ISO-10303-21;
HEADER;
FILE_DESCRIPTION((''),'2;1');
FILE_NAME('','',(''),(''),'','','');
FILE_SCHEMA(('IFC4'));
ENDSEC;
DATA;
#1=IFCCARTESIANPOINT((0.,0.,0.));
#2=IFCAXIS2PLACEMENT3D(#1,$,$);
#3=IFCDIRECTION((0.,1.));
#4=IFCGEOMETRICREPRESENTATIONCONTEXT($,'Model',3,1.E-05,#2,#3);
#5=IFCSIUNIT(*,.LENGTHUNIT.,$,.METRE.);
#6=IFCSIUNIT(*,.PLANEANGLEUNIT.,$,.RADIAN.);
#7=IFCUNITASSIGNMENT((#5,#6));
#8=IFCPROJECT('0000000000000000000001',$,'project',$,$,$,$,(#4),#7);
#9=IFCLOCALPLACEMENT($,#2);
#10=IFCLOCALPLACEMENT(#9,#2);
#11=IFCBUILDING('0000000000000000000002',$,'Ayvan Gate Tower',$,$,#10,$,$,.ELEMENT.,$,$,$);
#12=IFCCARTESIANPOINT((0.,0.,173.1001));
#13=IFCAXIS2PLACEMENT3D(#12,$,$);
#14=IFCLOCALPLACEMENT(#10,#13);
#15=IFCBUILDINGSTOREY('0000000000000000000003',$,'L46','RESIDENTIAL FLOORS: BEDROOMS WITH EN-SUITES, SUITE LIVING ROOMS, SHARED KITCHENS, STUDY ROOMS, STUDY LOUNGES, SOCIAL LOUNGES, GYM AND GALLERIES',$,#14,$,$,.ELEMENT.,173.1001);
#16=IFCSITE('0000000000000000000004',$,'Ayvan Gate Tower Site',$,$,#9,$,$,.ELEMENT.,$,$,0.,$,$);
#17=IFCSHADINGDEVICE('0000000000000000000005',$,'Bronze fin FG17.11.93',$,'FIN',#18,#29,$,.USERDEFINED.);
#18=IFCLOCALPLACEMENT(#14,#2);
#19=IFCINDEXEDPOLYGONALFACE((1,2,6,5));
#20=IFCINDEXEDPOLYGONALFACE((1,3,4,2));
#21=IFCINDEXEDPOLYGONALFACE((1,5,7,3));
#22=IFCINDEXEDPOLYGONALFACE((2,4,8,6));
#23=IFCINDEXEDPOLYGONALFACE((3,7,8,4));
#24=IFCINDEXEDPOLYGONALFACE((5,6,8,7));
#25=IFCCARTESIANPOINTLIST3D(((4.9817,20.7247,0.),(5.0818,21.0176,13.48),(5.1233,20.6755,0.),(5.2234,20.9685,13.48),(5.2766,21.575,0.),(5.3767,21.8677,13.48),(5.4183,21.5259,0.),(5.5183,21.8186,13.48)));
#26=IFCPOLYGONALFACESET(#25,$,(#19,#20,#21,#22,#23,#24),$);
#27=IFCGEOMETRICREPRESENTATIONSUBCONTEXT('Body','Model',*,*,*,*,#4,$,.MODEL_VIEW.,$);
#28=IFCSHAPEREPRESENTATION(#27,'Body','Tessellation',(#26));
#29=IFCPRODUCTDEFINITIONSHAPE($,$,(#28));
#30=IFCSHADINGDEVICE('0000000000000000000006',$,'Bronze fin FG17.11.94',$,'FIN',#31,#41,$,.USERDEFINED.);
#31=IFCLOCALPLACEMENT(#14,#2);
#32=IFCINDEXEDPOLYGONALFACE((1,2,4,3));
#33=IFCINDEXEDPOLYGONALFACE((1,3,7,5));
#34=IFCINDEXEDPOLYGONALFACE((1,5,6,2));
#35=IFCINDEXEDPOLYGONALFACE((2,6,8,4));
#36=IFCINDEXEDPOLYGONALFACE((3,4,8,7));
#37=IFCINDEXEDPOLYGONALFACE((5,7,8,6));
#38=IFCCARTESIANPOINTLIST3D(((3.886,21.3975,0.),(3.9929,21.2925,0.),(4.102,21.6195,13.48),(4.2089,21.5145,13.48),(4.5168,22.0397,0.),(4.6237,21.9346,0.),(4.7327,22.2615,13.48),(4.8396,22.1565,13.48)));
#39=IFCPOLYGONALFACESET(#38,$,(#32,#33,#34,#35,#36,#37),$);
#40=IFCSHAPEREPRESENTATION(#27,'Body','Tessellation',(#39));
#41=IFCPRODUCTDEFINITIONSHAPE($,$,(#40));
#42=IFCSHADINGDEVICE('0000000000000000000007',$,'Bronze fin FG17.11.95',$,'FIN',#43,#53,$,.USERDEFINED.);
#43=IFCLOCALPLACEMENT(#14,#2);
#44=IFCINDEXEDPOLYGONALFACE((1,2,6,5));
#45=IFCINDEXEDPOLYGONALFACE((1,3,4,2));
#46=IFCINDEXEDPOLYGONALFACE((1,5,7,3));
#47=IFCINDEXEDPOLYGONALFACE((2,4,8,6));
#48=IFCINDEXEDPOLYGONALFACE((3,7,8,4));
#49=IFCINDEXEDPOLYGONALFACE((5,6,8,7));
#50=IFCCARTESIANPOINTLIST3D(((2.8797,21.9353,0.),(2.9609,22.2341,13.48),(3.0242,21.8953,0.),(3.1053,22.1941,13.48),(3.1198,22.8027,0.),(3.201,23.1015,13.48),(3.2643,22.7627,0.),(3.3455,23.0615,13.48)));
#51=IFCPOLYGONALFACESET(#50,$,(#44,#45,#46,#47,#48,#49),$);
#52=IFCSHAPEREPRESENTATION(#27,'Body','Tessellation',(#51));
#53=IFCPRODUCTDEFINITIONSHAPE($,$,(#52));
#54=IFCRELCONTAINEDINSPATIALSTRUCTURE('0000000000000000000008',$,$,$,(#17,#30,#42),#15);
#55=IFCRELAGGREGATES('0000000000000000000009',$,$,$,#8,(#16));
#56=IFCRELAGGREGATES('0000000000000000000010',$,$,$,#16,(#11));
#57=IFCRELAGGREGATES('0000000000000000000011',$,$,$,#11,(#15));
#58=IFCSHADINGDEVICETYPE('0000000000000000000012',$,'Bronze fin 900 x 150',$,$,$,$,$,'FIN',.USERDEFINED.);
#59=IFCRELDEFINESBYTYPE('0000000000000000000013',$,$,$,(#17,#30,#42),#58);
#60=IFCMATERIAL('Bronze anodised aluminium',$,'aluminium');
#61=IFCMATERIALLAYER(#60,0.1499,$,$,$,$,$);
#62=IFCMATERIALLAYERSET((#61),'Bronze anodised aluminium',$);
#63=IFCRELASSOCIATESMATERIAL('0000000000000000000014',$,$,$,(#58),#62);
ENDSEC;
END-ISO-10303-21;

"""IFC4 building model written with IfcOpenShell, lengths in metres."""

from ifc_helpers import new_model, si_unit, direction, frame, origin, place, context, subcontext, project, spatial, polyline, outline, extrude, material, layer, layer_set, type_object, element, save


model = new_model("IFC4")

# Units and contexts
model_context = context("Model", 3, precision=1e-05, world=origin(), true_north=direction((0.0, 1.0)))
body_context = subcontext(model_context, "Body", "Model", "MODEL_VIEW")
ifc_project = project(units=[si_unit("LENGTHUNIT", "METRE"), si_unit("PLANEANGLEUNIT", "RADIAN")], contexts=[model_context])

# Site, building, storey
site_placement = place(None, origin())
site = spatial("IfcSite", under=ifc_project, at=site_placement, Name="Ayvan Gate Tower Site", CompositionType="ELEMENT", RefElevation=0.0)
building_placement = place(site_placement, origin())
building = spatial("IfcBuilding", under=site, at=building_placement, Name="Ayvan Gate Tower", CompositionType="ELEMENT")
storey_placement = place(building_placement, frame((0.0, 0.0, 173.1001)))
storey = spatial("IfcBuildingStorey", under=building, at=storey_placement, Name="L46", Description="RESIDENTIAL FLOORS: BEDROOMS WITH EN-SUITES, SUITE LIVING ROOMS, SHARED KITCHENS, STUDY ROOMS, STUDY LOUNGES, SOCIAL LOUNGES, GYM AND GALLERIES", CompositionType="ELEMENT", Elevation=173.1001)

# Shared definitions
ifc_material_1 = material(Name="Bronze anodised aluminium", Category="aluminium")

# Shading devices
ifc_layer_1 = layer(ifc_material_1, 0.1499)
ifc_layer_set_1 = layer_set([ifc_layer_1], Name="Bronze anodised aluminium")
shading_device_type = type_object("IfcShadingDeviceType", Name="Bronze fin 900 x 150", ElementType="FIN", PredefinedType="USERDEFINED", material=ifc_layer_set_1)
shading_device_1_placement = place(storey_placement, frame((5.1233, 20.6755, 0.0), z_axis=(0.944775, -0.327721, 0.000104), x_axis=(0.327721, 0.944775, 0.0)))
element("IfcShadingDevice", 1, at=shading_device_1_placement, inside=storey, type_object=shading_device_type, Name="Bronze fin FG17.11.93", ObjectType="FIN", PredefinedType="USERDEFINED", context=body_context, shape_type="SweptSolid", body=[
    extrude(outline(polyline([(0.0, 0.0), (0.9, 0.0), (1.2094, 13.48), (0.3096, 13.48), (0.0, 0.0)])), origin(), (0.0, 0.0, -1.0), 0.1499),
])
shading_device_2_placement = place(storey_placement, frame((3.9929, 21.2925, 0.0), z_axis=(0.713385, -0.700772, 0.000109), x_axis=(0.700772, 0.713385, 0.0)))
element("IfcShadingDevice", 2, at=shading_device_2_placement, inside=storey, type_object=shading_device_type, Name="Bronze fin FG17.11.94", ObjectType="FIN", PredefinedType="USERDEFINED", context=body_context, shape_type="SweptSolid", body=[
    extrude(outline(polyline([(0.0, 0.0), (0.9001, 0.0), (1.2097, 13.48), (0.3097, 13.48), (0.0, 0.0)])), origin(), (0.0, 0.0, -1.0), 0.1499),
])
shading_device_3_placement = place(storey_placement, frame((3.0242, 21.8953, 0.0), z_axis=(0.963758, -0.266776, 0.00011), x_axis=(0.266776, 0.963758, 0.0)))
element("IfcShadingDevice", 3, at=shading_device_3_placement, inside=storey, type_object=shading_device_type, Name="Bronze fin FG17.11.95", ObjectType="FIN", PredefinedType="USERDEFINED", context=body_context, shape_type="SweptSolid", body=[
    extrude(outline(polyline([(0.0, 0.0), (0.9, 0.0), (1.2097, 13.48), (0.3096, 13.48), (0.0, 0.0)])), origin(), (0.0, 0.0, -1.0), 0.1499),
])

save(model, "model.ifc")
